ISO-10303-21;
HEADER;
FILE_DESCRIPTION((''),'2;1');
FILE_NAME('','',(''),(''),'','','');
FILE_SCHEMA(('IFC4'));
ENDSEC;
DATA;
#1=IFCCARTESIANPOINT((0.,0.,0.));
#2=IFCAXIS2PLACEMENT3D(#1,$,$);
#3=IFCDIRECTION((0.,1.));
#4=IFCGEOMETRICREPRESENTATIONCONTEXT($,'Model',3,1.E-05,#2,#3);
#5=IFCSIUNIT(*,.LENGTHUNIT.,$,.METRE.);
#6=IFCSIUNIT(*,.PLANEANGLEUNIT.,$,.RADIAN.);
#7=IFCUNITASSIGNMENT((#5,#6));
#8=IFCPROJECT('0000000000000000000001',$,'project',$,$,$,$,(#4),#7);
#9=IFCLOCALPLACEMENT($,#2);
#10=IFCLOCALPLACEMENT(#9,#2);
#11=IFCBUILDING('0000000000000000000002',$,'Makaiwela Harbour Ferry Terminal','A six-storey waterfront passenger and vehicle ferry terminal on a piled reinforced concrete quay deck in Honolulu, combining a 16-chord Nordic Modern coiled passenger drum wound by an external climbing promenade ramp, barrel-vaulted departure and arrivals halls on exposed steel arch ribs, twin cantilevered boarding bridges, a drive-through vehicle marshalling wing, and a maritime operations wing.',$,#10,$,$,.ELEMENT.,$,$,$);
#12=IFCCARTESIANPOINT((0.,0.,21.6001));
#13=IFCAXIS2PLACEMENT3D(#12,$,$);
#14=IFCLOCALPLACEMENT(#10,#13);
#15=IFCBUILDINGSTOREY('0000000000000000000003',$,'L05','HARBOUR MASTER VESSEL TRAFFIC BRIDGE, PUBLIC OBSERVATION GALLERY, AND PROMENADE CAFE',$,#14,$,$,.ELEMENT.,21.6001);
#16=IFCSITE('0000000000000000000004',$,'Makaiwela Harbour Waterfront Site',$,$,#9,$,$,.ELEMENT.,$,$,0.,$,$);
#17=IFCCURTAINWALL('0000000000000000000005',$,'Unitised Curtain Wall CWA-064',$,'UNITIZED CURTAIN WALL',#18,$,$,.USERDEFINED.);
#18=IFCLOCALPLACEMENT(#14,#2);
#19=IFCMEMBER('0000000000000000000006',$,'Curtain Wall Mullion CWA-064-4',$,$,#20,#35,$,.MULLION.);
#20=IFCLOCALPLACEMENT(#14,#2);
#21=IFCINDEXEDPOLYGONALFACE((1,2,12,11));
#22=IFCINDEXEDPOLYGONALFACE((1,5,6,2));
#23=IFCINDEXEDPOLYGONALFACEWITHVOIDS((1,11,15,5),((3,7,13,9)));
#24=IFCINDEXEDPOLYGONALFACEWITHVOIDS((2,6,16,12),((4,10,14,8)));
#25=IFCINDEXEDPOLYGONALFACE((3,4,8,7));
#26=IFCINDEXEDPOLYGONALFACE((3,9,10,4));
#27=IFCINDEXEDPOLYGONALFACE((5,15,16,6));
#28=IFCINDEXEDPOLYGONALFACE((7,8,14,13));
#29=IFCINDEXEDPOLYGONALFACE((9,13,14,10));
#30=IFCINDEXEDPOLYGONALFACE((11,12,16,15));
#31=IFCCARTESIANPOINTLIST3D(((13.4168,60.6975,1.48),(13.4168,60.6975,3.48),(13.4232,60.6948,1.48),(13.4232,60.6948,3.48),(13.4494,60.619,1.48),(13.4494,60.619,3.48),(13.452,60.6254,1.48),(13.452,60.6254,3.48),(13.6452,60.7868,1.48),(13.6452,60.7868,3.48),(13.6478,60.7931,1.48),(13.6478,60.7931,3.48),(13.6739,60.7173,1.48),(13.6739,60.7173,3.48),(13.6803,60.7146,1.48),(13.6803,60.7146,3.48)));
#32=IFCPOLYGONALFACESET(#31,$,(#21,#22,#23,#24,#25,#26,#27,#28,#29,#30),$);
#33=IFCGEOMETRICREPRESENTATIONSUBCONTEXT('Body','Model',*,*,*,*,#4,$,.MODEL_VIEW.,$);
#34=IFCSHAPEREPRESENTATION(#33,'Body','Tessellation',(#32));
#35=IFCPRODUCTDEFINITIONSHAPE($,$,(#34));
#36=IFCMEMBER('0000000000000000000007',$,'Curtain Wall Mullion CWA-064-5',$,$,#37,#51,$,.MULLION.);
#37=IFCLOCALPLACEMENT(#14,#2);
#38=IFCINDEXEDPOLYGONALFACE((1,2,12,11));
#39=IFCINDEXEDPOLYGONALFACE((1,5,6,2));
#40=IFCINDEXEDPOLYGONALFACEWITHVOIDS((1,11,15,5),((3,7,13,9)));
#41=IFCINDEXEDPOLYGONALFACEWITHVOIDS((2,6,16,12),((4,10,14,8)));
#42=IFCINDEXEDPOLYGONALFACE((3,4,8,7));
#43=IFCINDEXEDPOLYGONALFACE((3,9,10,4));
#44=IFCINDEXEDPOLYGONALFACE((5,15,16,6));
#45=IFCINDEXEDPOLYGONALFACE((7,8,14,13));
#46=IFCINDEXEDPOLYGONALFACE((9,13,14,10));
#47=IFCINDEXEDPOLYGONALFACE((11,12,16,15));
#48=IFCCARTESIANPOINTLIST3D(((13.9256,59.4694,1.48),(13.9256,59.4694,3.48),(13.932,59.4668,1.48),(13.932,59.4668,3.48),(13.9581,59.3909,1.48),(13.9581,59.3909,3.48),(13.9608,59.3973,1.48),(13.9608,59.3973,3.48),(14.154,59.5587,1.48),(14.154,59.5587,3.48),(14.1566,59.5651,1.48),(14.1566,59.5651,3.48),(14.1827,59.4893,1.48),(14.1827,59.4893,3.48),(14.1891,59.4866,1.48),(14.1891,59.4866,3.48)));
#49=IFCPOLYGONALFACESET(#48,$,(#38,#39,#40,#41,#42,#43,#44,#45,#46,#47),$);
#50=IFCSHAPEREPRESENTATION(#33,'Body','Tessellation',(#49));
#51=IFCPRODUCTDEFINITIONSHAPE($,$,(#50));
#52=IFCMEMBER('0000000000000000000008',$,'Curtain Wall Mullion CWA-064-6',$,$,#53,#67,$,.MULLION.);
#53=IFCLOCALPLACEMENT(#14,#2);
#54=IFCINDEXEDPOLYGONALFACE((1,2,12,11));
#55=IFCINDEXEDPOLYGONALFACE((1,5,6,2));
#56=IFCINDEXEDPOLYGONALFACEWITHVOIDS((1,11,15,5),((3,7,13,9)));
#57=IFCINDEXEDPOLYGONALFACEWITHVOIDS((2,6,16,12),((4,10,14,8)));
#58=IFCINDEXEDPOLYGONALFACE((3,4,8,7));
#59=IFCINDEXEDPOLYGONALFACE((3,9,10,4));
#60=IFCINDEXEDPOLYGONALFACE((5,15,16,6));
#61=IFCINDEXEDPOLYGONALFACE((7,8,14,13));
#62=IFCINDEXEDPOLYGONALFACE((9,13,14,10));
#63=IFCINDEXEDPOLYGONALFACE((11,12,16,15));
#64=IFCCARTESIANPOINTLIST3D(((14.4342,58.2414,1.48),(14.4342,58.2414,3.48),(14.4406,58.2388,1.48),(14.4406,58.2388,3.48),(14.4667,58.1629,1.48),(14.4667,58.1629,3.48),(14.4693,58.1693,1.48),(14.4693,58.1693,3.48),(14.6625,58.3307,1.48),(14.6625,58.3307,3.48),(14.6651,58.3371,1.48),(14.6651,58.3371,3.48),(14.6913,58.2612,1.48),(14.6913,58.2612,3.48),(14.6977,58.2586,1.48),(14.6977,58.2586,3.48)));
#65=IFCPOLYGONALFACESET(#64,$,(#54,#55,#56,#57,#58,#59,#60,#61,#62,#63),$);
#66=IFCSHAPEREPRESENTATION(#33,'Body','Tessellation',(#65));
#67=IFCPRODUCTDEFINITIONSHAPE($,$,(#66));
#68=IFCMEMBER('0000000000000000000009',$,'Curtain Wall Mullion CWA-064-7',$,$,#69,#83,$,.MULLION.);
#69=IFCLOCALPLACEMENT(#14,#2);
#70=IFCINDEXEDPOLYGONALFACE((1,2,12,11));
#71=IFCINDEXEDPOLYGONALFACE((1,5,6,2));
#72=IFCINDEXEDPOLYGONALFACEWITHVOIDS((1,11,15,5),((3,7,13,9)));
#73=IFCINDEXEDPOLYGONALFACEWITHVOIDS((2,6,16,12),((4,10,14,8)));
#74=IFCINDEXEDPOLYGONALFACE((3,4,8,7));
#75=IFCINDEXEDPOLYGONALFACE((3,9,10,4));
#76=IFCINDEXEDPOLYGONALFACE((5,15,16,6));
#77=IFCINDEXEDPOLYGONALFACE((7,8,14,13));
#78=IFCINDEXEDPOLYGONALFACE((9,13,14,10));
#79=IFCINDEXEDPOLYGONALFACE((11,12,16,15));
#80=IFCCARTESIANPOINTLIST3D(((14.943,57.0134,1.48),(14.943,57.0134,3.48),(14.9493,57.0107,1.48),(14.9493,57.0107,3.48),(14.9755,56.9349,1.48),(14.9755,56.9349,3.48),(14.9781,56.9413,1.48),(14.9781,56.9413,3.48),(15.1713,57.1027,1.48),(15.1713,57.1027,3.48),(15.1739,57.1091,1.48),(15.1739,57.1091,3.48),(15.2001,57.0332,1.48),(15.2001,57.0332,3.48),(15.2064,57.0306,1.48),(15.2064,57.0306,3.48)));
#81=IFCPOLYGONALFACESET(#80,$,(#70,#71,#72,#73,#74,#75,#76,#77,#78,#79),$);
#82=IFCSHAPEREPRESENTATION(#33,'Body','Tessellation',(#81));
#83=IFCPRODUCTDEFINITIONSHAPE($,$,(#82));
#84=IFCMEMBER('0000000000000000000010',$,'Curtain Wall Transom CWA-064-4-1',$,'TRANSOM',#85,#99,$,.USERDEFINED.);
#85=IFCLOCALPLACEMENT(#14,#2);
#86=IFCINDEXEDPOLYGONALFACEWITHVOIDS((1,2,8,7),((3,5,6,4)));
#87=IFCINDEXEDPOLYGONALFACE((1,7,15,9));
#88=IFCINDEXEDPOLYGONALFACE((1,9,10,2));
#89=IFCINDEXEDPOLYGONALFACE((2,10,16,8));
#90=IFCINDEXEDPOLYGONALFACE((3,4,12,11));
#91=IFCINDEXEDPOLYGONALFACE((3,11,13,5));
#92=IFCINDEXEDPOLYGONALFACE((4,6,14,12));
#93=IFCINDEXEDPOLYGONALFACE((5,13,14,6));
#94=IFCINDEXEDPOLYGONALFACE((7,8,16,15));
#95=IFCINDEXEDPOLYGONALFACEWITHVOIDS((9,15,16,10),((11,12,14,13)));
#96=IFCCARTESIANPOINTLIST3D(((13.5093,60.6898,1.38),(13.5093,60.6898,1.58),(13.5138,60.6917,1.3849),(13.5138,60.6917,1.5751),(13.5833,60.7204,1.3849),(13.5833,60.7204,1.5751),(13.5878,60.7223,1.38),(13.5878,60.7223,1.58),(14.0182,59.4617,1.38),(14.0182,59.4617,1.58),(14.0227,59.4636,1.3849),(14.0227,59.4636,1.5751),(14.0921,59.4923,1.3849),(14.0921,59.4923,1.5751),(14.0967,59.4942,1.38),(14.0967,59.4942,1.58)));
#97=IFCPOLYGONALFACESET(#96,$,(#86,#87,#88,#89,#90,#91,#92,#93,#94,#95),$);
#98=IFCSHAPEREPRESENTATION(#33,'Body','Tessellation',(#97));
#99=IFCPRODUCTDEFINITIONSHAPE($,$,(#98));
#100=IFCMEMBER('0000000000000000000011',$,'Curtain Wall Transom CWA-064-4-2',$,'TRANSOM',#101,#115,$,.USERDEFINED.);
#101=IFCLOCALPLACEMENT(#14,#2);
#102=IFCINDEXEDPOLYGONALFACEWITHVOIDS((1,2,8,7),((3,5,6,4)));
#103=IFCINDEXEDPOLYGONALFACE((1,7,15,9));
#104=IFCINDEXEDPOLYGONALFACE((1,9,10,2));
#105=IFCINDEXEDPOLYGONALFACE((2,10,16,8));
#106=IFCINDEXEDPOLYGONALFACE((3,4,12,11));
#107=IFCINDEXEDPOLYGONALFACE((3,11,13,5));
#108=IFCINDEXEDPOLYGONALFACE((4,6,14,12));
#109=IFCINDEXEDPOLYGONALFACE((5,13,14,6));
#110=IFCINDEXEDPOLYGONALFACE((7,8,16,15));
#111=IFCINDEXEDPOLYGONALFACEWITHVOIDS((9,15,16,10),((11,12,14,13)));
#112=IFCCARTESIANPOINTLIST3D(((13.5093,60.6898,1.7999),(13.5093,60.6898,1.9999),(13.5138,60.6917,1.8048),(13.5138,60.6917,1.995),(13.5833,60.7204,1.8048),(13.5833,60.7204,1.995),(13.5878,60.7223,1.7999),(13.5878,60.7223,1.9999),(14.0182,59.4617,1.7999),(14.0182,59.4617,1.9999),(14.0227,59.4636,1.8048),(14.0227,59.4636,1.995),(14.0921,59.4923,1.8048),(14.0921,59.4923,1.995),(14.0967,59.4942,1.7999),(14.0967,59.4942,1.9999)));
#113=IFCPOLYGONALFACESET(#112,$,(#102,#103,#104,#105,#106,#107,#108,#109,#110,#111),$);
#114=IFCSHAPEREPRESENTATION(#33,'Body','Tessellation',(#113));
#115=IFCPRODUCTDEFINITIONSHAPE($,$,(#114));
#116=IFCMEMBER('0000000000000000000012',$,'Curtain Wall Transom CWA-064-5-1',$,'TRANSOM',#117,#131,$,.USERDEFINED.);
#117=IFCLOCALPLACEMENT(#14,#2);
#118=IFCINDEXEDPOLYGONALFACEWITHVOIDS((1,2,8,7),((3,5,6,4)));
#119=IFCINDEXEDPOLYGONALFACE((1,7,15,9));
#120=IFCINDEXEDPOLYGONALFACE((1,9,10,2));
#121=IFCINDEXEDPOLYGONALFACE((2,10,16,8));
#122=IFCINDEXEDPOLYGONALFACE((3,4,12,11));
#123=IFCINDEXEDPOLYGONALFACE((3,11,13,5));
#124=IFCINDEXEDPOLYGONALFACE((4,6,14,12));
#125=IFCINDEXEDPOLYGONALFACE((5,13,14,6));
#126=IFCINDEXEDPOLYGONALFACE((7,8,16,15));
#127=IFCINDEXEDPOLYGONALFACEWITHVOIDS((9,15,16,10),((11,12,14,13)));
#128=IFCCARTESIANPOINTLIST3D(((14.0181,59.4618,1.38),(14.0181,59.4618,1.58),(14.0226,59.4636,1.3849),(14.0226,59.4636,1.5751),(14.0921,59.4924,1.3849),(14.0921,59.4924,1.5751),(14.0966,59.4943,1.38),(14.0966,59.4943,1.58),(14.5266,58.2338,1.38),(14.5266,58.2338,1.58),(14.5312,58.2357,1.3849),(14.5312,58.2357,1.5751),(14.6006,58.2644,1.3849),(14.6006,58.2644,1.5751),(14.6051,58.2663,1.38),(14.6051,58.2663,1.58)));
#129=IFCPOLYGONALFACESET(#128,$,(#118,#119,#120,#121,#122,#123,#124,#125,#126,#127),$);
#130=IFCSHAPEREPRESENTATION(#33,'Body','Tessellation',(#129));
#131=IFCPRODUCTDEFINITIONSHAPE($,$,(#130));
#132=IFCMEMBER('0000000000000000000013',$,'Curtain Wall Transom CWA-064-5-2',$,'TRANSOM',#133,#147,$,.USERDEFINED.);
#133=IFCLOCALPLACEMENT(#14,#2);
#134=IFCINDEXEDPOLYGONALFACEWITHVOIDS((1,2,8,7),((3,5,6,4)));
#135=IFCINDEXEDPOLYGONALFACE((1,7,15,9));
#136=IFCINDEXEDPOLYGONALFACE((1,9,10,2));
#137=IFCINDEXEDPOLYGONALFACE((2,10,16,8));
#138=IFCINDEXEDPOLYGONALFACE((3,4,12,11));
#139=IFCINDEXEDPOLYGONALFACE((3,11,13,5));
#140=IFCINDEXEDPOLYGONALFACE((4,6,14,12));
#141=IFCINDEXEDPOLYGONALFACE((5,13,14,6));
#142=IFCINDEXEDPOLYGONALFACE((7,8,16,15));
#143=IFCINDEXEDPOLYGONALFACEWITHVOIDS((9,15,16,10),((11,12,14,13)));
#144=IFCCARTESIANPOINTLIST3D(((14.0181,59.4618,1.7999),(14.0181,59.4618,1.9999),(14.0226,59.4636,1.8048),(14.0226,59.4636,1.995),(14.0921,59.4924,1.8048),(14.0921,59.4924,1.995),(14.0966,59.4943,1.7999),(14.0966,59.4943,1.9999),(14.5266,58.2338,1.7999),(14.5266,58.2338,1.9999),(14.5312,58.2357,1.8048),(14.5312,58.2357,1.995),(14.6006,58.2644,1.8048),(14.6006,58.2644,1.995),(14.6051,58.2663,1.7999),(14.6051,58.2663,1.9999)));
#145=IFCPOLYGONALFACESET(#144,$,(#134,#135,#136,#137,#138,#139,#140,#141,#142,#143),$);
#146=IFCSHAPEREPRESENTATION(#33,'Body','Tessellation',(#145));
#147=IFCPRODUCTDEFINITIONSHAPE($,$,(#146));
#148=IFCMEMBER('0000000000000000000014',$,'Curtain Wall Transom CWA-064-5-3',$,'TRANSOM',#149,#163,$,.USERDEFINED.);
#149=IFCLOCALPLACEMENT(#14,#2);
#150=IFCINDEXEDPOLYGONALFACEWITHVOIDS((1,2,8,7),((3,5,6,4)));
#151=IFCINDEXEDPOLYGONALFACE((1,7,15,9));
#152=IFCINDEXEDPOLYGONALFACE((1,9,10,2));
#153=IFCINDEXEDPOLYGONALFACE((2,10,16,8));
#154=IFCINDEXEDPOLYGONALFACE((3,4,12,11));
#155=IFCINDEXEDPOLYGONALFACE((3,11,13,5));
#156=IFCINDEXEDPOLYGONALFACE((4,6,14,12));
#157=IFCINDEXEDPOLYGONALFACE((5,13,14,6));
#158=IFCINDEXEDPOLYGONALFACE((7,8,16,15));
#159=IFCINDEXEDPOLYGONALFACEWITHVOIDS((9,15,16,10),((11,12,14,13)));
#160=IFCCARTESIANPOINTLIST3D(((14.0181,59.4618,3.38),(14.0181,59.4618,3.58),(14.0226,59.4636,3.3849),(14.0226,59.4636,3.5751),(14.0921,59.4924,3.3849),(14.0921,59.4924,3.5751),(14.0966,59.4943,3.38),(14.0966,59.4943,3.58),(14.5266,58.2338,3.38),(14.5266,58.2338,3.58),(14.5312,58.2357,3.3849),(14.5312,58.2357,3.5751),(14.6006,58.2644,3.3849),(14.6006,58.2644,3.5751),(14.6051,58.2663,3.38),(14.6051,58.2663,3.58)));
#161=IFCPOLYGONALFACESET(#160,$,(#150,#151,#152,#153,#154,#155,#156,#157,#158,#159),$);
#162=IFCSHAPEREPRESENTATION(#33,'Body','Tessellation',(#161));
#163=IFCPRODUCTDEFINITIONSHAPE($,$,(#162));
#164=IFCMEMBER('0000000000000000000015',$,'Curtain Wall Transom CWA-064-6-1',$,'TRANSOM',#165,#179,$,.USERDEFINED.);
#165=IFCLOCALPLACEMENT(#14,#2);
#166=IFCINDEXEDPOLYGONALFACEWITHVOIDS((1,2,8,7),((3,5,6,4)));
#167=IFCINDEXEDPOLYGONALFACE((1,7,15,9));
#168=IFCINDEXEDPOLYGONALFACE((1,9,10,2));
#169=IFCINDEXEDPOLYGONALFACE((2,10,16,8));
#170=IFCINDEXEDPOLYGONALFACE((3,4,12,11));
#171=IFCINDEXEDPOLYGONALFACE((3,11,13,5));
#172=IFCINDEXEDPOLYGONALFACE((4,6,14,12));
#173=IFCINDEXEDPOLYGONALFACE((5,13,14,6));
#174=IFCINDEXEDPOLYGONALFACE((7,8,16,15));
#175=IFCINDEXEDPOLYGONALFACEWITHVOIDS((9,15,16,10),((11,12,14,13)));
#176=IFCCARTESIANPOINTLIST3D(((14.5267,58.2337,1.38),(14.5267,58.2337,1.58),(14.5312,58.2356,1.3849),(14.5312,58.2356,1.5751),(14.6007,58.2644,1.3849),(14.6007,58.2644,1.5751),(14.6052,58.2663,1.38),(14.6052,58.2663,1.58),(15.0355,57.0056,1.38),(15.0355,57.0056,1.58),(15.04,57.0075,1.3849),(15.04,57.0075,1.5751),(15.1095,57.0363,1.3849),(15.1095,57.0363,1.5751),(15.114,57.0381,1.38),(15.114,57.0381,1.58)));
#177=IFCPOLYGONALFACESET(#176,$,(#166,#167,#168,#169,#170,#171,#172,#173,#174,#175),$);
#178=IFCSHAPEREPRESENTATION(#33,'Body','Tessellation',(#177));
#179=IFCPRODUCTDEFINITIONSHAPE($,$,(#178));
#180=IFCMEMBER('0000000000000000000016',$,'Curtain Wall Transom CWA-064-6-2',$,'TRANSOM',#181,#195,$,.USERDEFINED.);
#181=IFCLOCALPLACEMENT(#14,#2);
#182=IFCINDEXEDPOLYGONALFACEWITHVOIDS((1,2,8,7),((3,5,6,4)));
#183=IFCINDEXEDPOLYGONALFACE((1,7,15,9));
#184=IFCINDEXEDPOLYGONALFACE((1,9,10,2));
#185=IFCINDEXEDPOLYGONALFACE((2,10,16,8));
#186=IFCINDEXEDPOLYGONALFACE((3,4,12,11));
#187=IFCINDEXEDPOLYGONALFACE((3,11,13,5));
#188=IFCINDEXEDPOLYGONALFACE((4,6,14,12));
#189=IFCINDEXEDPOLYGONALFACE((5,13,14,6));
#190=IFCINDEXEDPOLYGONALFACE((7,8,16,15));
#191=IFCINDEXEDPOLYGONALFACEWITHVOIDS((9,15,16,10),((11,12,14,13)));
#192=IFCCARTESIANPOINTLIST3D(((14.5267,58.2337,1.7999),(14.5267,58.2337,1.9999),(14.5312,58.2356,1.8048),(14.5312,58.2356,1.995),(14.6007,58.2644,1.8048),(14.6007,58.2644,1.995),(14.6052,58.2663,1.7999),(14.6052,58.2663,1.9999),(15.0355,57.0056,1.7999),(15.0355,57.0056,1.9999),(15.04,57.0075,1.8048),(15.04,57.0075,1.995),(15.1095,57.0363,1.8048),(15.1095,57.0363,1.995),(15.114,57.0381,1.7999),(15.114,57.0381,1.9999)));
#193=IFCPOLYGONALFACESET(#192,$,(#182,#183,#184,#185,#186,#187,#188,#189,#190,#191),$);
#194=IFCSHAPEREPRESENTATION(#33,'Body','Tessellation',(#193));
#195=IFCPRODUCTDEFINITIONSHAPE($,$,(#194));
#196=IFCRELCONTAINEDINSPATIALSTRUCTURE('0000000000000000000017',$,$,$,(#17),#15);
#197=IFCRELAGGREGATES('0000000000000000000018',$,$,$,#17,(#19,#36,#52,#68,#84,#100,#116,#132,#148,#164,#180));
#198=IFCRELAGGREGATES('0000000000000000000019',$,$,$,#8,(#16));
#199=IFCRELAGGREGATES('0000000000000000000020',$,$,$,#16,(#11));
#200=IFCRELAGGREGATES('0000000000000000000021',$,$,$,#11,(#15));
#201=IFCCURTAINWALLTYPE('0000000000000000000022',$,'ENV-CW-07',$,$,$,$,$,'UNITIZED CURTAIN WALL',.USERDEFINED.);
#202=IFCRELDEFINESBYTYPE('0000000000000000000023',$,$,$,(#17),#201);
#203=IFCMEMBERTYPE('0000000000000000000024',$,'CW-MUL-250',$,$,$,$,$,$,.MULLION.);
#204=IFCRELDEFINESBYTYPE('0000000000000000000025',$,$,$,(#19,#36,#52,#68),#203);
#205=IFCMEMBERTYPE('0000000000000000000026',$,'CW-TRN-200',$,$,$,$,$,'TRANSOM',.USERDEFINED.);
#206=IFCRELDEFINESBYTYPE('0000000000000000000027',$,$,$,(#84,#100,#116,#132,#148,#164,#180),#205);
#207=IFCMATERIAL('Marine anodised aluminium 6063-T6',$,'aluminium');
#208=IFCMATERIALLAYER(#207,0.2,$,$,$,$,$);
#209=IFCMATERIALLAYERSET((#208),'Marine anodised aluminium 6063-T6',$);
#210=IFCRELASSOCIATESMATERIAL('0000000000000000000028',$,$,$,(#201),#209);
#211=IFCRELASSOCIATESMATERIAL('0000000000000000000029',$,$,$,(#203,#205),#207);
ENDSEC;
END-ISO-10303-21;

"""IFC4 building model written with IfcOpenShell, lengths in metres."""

from ifc_helpers import new_model, si_unit, direction, frame, origin, origin_2d, place, context, subcontext, project, spatial, hollow_rectangle, extrude, material, layer, layer_set, material_profile, profile_set, type_object, element, aggregate, save


model = new_model("IFC4")

# Units and contexts
model_context = context("Model", 3, precision=1e-05, world=origin(), true_north=direction((0.0, 1.0)))
body_context = subcontext(model_context, "Body", "Model", "MODEL_VIEW")
ifc_project = project(units=[si_unit("LENGTHUNIT", "METRE"), si_unit("PLANEANGLEUNIT", "RADIAN")], contexts=[model_context])

# Site, building, storey
site_placement = place(None, origin())
site = spatial("IfcSite", under=ifc_project, at=site_placement, Name="Makaiwela Harbour Waterfront Site", CompositionType="ELEMENT", RefElevation=0.0)
building_placement = place(site_placement, origin())
building = spatial("IfcBuilding", under=site, at=building_placement, Name="Makaiwela Harbour Ferry Terminal", Description="A six-storey waterfront passenger and vehicle ferry terminal on a piled reinforced concrete quay deck in Honolulu, combining a 16-chord Nordic Modern coiled passenger drum wound by an external climbing promenade ramp, barrel-vaulted departure and arrivals halls on exposed steel arch ribs, twin cantilevered boarding bridges, a drive-through vehicle marshalling wing, and a maritime operations wing.", CompositionType="ELEMENT")
storey_placement = place(building_placement, frame((0.0, 0.0, 21.6001)))
storey = spatial("IfcBuildingStorey", under=building, at=storey_placement, Name="L05", Description="HARBOUR MASTER VESSEL TRAFFIC BRIDGE, PUBLIC OBSERVATION GALLERY, AND PROMENADE CAFE", CompositionType="ELEMENT", Elevation=21.6001)

# Curtain wall, members
ifc_material_1 = material(Name="Marine anodised aluminium 6063-T6", Category="aluminium")
ifc_layer_1 = layer(ifc_material_1, 0.2)
ifc_layer_set_1 = layer_set([ifc_layer_1], Name="Marine anodised aluminium 6063-T6")
curtain_wall_type = type_object("IfcCurtainWallType", Name="ENV-CW-07", ElementType="UNITIZED CURTAIN WALL", PredefinedType="USERDEFINED", material=ifc_layer_set_1)
curtain_wall_placement = place(storey_placement, origin())
curtain_wall = element("IfcCurtainWall", 1, at=curtain_wall_placement, inside=storey, type_object=curtain_wall_type, Name="Unitised Curtain Wall CWA-064", ObjectType="UNITIZED CURTAIN WALL", PredefinedType="USERDEFINED")
ifc_material_profile_1 = material_profile(ifc_material_1, hollow_rectangle(XDim=0.085, YDim=0.25, WallThickness=0.0049, at=origin_2d()), Name="CWM-250X85")
ifc_profile_set_1 = profile_set([ifc_material_profile_1], Name="Marine anodised aluminium 6063-T6")
member_type_1 = type_object("IfcMemberType", Name="CW-MUL-250", PredefinedType="MULLION", material=ifc_profile_set_1)
member_1_placement = place(storey_placement, frame((13.5486, 60.7061, 1.48), z_axis=(0.0, 0.0, 1.0), x_axis=(-0.382683, 0.92388, 0.0)))
member_1 = element("IfcMember", 2, at=member_1_placement, type_object=member_type_1, Name="Curtain Wall Mullion CWA-064-4", PredefinedType="MULLION", context=body_context, shape_type="SweptSolid", body=[
    extrude(hollow_rectangle(XDim=0.085, YDim=0.25, WallThickness=0.0049, at=origin_2d()), origin(), (0.0, 0.0, 1.0), 2.0),
])
member_2_placement = place(storey_placement, frame((14.0574, 59.478, 1.48), z_axis=(0.0, 0.0, 1.0), x_axis=(-0.382683, 0.92388, 0.0)))
member_2 = element("IfcMember", 3, at=member_2_placement, type_object=member_type_1, Name="Curtain Wall Mullion CWA-064-5", PredefinedType="MULLION", context=body_context, shape_type="SweptSolid", body=[
    extrude(hollow_rectangle(XDim=0.085, YDim=0.25, WallThickness=0.0049, at=origin_2d()), origin(), (0.0, 0.0, 1.0), 2.0),
])
member_3_placement = place(storey_placement, frame((14.5659, 58.25, 1.48), z_axis=(0.0, 0.0, 1.0), x_axis=(-0.382683, 0.92388, 0.0)))
member_3 = element("IfcMember", 4, at=member_3_placement, type_object=member_type_1, Name="Curtain Wall Mullion CWA-064-6", PredefinedType="MULLION", context=body_context, shape_type="SweptSolid", body=[
    extrude(hollow_rectangle(XDim=0.085, YDim=0.25, WallThickness=0.0049, at=origin_2d()), origin(), (0.0, 0.0, 1.0), 2.0),
])
member_4_placement = place(storey_placement, frame((15.0747, 57.022, 1.48), z_axis=(0.0, 0.0, 1.0), x_axis=(-0.382683, 0.92388, 0.0)))
member_4 = element("IfcMember", 5, at=member_4_placement, type_object=member_type_1, Name="Curtain Wall Mullion CWA-064-7", PredefinedType="MULLION", context=body_context, shape_type="SweptSolid", body=[
    extrude(hollow_rectangle(XDim=0.085, YDim=0.25, WallThickness=0.0049, at=origin_2d()), origin(), (0.0, 0.0, 1.0), 2.0),
])
ifc_material_profile_2 = material_profile(ifc_material_1, hollow_rectangle(XDim=0.085, YDim=0.2, WallThickness=0.0049, at=origin_2d()), Name="CWT-200X85")
ifc_profile_set_2 = profile_set([ifc_material_profile_2], Name="Marine anodised aluminium 6063-T6")
member_type_2 = type_object("IfcMemberType", Name="CW-TRN-200", ElementType="TRANSOM", PredefinedType="USERDEFINED", material=ifc_profile_set_2)
member_5_placement = place(storey_placement, frame((13.5486, 60.7061, 1.48), z_axis=(0.382763, -0.923847, 0.0), x_axis=(0.923847, 0.382763, 0.0)))
member_5 = element("IfcMember", 6, at=member_5_placement, type_object=member_type_2, Name="Curtain Wall Transom CWA-064-4-1", ObjectType="TRANSOM", PredefinedType="USERDEFINED", context=body_context, shape_type="SweptSolid", body=[
    extrude(hollow_rectangle(XDim=0.085, YDim=0.2, WallThickness=0.0049, at=origin_2d()), origin(), (0.0, 0.0, 1.0), 1.3293),
])
member_6_placement = place(storey_placement, frame((13.5486, 60.7061, 1.8999), z_axis=(0.382763, -0.923847, 0.0), x_axis=(0.923847, 0.382763, 0.0)))
member_6 = element("IfcMember", 7, at=member_6_placement, type_object=member_type_2, Name="Curtain Wall Transom CWA-064-4-2", ObjectType="TRANSOM", PredefinedType="USERDEFINED", context=body_context, shape_type="SweptSolid", body=[
    extrude(hollow_rectangle(XDim=0.085, YDim=0.2, WallThickness=0.0049, at=origin_2d()), origin(), (0.0, 0.0, 1.0), 1.3293),
])
member_7_placement = place(storey_placement, frame((14.0574, 59.478, 1.48), z_axis=(0.382606, -0.923912, 0.0), x_axis=(0.923912, 0.382606, 0.0)))
member_7 = element("IfcMember", 8, at=member_7_placement, type_object=member_type_2, Name="Curtain Wall Transom CWA-064-5-1", ObjectType="TRANSOM", PredefinedType="USERDEFINED", context=body_context, shape_type="SweptSolid", body=[
    extrude(hollow_rectangle(XDim=0.085, YDim=0.2, WallThickness=0.0049, at=origin_2d()), origin(), (0.0, 0.0, 1.0), 1.3291),
])
member_8_placement = place(storey_placement, frame((14.0574, 59.478, 1.8999), z_axis=(0.382606, -0.923912, 0.0), x_axis=(0.923912, 0.382606, 0.0)))
member_8 = element("IfcMember", 9, at=member_8_placement, type_object=member_type_2, Name="Curtain Wall Transom CWA-064-5-2", ObjectType="TRANSOM", PredefinedType="USERDEFINED", context=body_context, shape_type="SweptSolid", body=[
    extrude(hollow_rectangle(XDim=0.085, YDim=0.2, WallThickness=0.0049, at=origin_2d()), origin(), (0.0, 0.0, 1.0), 1.3291),
])
member_9_placement = place(storey_placement, frame((14.0574, 59.478, 3.48), z_axis=(0.382606, -0.923912, 0.0), x_axis=(0.923912, 0.382606, 0.0)))
member_9 = element("IfcMember", 10, at=member_9_placement, type_object=member_type_2, Name="Curtain Wall Transom CWA-064-5-3", ObjectType="TRANSOM", PredefinedType="USERDEFINED", context=body_context, shape_type="SweptSolid", body=[
    extrude(hollow_rectangle(XDim=0.085, YDim=0.2, WallThickness=0.0049, at=origin_2d()), origin(), (0.0, 0.0, 1.0), 1.3291),
])
member_10_placement = place(storey_placement, frame((14.5659, 58.25, 1.48), z_axis=(0.382763, -0.923847, 0.0), x_axis=(0.923847, 0.382763, 0.0)))
member_10 = element("IfcMember", 11, at=member_10_placement, type_object=member_type_2, Name="Curtain Wall Transom CWA-064-6-1", ObjectType="TRANSOM", PredefinedType="USERDEFINED", context=body_context, shape_type="SweptSolid", body=[
    extrude(hollow_rectangle(XDim=0.085, YDim=0.2, WallThickness=0.0049, at=origin_2d()), origin(), (0.0, 0.0, 1.0), 1.3293),
])
member_11_placement = place(storey_placement, frame((14.5659, 58.25, 1.8999), z_axis=(0.382763, -0.923847, 0.0), x_axis=(0.923847, 0.382763, 0.0)))
member_11 = element("IfcMember", 12, at=member_11_placement, type_object=member_type_2, Name="Curtain Wall Transom CWA-064-6-2", ObjectType="TRANSOM", PredefinedType="USERDEFINED", context=body_context, shape_type="SweptSolid", body=[
    extrude(hollow_rectangle(XDim=0.085, YDim=0.2, WallThickness=0.0049, at=origin_2d()), origin(), (0.0, 0.0, 1.0), 1.3293),
])

aggregate(curtain_wall, [member_1, member_2, member_3, member_4, member_5, member_6, member_7, member_8, member_9, member_10, member_11])

save(model, "model.ifc")
